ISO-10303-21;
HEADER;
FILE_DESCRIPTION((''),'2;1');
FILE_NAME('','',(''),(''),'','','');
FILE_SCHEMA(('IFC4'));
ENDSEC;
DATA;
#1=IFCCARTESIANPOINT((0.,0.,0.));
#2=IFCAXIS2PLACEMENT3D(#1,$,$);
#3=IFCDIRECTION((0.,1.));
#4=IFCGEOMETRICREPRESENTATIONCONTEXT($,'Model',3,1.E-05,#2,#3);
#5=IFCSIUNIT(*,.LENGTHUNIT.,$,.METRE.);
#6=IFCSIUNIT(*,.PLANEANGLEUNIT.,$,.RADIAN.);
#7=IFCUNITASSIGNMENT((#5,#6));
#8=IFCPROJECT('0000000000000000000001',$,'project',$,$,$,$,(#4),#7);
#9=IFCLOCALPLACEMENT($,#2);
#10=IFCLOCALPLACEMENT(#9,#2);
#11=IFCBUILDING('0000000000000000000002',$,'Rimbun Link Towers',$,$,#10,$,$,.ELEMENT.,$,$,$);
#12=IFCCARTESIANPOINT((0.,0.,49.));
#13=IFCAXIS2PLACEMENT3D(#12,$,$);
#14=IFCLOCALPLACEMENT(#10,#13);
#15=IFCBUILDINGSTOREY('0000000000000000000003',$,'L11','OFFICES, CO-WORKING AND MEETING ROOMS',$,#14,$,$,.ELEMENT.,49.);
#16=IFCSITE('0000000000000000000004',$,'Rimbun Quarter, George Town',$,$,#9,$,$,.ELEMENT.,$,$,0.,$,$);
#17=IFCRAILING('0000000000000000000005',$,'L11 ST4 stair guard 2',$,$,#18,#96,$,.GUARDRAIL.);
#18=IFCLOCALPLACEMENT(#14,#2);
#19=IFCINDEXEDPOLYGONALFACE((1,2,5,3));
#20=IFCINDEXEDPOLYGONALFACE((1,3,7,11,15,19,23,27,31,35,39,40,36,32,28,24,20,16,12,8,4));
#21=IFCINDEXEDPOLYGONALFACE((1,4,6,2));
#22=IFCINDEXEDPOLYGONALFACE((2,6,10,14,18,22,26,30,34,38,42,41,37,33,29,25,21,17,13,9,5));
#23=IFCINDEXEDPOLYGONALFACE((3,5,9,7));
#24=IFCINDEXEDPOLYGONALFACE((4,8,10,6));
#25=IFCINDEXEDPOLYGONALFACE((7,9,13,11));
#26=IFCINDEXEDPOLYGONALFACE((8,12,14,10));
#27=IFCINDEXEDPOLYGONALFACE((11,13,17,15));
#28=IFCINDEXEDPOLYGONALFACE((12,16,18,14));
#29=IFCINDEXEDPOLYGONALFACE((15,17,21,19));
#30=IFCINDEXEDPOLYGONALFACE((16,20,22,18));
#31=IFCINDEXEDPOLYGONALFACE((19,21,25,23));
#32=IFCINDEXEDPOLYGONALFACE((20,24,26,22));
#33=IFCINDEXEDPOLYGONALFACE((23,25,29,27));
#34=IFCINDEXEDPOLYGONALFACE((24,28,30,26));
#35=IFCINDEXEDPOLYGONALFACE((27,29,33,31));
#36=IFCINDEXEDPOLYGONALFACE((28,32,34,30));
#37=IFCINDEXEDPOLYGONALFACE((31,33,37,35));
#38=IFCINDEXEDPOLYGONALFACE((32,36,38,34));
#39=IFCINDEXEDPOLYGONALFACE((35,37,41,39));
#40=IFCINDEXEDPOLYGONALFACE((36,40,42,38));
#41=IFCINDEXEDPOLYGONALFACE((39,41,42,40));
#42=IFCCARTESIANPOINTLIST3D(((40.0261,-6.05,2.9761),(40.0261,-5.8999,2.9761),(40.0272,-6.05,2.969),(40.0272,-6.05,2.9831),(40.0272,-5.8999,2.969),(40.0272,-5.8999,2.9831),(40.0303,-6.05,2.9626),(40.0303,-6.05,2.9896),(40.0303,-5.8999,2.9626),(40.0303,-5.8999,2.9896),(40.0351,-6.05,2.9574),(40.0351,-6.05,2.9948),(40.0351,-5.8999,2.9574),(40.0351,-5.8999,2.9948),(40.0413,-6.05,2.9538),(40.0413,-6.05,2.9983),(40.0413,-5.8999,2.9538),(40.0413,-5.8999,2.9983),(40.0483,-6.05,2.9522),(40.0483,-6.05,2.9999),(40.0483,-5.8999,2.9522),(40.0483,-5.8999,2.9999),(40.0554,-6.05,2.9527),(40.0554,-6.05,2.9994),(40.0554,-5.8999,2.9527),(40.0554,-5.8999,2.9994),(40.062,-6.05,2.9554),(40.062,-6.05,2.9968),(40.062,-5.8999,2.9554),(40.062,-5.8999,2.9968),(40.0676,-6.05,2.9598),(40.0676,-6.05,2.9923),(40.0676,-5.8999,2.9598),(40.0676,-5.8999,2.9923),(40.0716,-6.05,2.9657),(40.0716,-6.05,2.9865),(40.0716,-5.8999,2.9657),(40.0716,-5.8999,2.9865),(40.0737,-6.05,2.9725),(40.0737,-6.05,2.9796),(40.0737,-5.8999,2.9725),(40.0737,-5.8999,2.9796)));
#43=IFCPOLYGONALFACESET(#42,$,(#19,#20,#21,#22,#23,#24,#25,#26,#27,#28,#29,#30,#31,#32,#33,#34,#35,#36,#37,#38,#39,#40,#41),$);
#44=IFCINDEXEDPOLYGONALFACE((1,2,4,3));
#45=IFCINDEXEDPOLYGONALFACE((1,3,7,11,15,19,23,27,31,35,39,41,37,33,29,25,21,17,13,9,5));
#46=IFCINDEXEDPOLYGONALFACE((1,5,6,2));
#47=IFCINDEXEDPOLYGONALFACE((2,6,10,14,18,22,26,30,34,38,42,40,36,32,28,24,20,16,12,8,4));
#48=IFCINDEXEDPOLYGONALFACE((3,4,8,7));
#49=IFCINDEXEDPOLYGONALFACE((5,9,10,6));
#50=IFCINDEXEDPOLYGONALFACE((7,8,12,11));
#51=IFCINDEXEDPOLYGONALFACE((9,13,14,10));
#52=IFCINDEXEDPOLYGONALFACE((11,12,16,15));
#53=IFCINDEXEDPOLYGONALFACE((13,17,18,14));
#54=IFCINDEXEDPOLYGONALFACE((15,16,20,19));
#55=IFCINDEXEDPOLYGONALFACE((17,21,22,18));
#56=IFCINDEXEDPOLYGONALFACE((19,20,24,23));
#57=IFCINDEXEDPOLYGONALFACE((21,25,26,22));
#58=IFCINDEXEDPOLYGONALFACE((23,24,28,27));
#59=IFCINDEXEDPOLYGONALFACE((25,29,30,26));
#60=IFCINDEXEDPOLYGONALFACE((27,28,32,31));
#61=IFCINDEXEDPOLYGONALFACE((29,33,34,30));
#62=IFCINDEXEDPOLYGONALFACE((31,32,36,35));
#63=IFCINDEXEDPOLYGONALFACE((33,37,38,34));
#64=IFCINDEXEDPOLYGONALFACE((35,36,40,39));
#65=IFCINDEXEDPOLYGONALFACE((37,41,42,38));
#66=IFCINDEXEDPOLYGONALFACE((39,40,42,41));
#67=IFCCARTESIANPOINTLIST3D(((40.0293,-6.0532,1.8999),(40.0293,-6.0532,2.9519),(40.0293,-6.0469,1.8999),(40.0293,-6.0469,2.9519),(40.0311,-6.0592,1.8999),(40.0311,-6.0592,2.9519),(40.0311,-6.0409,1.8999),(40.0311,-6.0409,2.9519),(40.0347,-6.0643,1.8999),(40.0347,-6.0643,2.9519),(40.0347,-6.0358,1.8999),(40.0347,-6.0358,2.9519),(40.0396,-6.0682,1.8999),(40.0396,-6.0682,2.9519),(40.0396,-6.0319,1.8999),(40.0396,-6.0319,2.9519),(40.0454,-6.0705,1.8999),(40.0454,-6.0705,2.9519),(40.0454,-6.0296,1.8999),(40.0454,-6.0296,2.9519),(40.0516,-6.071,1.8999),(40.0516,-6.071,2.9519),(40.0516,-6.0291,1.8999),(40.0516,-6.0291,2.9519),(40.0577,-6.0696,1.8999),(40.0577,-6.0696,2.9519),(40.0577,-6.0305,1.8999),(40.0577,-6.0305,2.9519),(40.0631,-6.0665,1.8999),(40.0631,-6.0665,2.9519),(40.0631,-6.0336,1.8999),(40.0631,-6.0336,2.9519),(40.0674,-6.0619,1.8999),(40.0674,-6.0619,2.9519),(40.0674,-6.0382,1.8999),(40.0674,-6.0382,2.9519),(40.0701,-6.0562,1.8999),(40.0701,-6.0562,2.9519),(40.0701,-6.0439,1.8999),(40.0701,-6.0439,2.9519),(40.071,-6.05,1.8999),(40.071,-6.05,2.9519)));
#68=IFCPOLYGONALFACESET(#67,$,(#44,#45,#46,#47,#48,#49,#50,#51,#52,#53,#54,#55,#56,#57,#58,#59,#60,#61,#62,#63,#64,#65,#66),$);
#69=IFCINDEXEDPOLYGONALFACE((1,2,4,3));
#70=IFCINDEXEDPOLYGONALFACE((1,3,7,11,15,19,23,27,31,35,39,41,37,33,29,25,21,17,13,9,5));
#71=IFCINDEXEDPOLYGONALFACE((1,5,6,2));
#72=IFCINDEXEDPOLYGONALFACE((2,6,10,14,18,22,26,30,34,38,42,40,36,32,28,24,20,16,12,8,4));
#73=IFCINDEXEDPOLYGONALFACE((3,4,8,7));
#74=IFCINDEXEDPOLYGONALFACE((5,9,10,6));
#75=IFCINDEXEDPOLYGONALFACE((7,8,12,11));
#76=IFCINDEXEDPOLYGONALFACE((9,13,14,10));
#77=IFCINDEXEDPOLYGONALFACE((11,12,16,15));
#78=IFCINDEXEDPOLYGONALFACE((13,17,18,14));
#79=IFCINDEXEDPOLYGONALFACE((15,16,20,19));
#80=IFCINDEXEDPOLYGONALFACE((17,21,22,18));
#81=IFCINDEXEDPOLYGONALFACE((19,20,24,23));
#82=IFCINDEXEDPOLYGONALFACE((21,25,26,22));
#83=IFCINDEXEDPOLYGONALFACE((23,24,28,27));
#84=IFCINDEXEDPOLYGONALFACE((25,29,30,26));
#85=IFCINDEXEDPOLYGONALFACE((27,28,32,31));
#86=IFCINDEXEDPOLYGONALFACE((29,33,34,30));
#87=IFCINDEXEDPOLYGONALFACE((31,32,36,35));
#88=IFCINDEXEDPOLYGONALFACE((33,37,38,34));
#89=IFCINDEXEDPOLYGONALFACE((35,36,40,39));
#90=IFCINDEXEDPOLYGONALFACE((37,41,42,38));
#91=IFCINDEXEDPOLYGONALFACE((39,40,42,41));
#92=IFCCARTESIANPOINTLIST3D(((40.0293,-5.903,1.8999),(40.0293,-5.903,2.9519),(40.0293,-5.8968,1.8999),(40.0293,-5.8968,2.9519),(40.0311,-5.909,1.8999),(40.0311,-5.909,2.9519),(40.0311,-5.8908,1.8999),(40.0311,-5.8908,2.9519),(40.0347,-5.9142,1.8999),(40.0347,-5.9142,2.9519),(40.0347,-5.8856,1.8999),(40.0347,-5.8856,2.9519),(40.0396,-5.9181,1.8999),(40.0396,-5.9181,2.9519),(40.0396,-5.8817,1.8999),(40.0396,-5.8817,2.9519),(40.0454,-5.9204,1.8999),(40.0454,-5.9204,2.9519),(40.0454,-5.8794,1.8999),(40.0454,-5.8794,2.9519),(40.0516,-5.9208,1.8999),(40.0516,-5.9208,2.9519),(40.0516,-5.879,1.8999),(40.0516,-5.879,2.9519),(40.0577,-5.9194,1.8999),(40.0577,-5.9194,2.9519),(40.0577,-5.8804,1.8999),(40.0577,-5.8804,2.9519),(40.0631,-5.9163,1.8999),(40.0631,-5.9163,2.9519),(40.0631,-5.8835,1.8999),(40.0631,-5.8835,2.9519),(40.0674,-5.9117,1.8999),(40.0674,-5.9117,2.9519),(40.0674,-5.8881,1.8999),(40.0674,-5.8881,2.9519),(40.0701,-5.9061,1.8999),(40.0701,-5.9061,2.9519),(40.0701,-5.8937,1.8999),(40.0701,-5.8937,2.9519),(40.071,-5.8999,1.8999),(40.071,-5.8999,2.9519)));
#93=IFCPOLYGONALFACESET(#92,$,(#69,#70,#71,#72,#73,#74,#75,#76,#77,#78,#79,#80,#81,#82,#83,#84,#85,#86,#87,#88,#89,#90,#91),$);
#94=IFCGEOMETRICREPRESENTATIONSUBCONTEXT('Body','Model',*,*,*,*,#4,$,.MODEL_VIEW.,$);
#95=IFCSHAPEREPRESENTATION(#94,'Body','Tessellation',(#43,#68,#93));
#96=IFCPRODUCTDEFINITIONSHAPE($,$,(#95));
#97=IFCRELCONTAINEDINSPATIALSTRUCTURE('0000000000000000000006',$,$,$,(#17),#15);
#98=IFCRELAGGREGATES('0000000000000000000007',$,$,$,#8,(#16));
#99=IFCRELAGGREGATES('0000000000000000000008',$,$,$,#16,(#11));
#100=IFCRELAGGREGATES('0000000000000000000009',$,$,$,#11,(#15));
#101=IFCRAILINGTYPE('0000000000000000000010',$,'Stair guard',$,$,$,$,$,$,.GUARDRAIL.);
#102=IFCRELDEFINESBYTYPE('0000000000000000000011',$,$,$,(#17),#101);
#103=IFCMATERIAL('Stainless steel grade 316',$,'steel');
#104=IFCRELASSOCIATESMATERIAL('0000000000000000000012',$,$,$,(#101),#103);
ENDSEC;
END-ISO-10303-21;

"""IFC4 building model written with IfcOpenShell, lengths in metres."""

from ifc_helpers import new_model, si_unit, direction, frame, origin, origin_2d, place, context, subcontext, project, spatial, circle, extrude, material, type_object, element, save


model = new_model("IFC4")

# Units and contexts
model_context = context("Model", 3, precision=1e-05, world=origin(), true_north=direction((0.0, 1.0)))
body_context = subcontext(model_context, "Body", "Model", "MODEL_VIEW")
ifc_project = project(units=[si_unit("LENGTHUNIT", "METRE"), si_unit("PLANEANGLEUNIT", "RADIAN")], contexts=[model_context])

# Site, building, storey
site_placement = place(None, origin())
site = spatial("IfcSite", under=ifc_project, at=site_placement, Name="Rimbun Quarter, George Town", CompositionType="ELEMENT", RefElevation=0.0)
building_placement = place(site_placement, origin())
building = spatial("IfcBuilding", under=site, at=building_placement, Name="Rimbun Link Towers", CompositionType="ELEMENT")
storey_placement = place(building_placement, frame((0.0, 0.0, 49.0)))
storey = spatial("IfcBuildingStorey", under=building, at=storey_placement, Name="L11", Description="OFFICES, CO-WORKING AND MEETING ROOMS", CompositionType="ELEMENT", Elevation=49.0)

# Railing
ifc_material_1 = material(Name="Stainless steel grade 316", Category="steel")
railing_type_1 = type_object("IfcRailingType", Name="Stair guard", PredefinedType="GUARDRAIL", material=ifc_material_1)
railing_1_placement = place(storey_placement, frame((40.05, -6.05, 1.8999)))
element("IfcRailing", 1, at=railing_1_placement, inside=storey, type_object=railing_type_1, Name="L11 ST4 stair guard 2", PredefinedType="GUARDRAIL", context=body_context, shape_type="SweptSolid", body=[
    extrude(circle(Radius=0.0239, at=origin_2d()), frame((0.0, 0.0, 1.0762), z_axis=(0.0, 1.0, 0.0), x_axis=(-1.0, 0.0, 0.0)), (0.0, 0.0, 1.0), 0.1501),
    extrude(circle(Radius=0.021, at=origin_2d()), origin(), (0.0, 0.0, 1.0), 1.052),
    extrude(circle(Radius=0.021, at=origin_2d()), frame((0.0, 0.1501, 0.0)), (0.0, 0.0, 1.0), 1.052),
])

save(model, "model.ifc")
